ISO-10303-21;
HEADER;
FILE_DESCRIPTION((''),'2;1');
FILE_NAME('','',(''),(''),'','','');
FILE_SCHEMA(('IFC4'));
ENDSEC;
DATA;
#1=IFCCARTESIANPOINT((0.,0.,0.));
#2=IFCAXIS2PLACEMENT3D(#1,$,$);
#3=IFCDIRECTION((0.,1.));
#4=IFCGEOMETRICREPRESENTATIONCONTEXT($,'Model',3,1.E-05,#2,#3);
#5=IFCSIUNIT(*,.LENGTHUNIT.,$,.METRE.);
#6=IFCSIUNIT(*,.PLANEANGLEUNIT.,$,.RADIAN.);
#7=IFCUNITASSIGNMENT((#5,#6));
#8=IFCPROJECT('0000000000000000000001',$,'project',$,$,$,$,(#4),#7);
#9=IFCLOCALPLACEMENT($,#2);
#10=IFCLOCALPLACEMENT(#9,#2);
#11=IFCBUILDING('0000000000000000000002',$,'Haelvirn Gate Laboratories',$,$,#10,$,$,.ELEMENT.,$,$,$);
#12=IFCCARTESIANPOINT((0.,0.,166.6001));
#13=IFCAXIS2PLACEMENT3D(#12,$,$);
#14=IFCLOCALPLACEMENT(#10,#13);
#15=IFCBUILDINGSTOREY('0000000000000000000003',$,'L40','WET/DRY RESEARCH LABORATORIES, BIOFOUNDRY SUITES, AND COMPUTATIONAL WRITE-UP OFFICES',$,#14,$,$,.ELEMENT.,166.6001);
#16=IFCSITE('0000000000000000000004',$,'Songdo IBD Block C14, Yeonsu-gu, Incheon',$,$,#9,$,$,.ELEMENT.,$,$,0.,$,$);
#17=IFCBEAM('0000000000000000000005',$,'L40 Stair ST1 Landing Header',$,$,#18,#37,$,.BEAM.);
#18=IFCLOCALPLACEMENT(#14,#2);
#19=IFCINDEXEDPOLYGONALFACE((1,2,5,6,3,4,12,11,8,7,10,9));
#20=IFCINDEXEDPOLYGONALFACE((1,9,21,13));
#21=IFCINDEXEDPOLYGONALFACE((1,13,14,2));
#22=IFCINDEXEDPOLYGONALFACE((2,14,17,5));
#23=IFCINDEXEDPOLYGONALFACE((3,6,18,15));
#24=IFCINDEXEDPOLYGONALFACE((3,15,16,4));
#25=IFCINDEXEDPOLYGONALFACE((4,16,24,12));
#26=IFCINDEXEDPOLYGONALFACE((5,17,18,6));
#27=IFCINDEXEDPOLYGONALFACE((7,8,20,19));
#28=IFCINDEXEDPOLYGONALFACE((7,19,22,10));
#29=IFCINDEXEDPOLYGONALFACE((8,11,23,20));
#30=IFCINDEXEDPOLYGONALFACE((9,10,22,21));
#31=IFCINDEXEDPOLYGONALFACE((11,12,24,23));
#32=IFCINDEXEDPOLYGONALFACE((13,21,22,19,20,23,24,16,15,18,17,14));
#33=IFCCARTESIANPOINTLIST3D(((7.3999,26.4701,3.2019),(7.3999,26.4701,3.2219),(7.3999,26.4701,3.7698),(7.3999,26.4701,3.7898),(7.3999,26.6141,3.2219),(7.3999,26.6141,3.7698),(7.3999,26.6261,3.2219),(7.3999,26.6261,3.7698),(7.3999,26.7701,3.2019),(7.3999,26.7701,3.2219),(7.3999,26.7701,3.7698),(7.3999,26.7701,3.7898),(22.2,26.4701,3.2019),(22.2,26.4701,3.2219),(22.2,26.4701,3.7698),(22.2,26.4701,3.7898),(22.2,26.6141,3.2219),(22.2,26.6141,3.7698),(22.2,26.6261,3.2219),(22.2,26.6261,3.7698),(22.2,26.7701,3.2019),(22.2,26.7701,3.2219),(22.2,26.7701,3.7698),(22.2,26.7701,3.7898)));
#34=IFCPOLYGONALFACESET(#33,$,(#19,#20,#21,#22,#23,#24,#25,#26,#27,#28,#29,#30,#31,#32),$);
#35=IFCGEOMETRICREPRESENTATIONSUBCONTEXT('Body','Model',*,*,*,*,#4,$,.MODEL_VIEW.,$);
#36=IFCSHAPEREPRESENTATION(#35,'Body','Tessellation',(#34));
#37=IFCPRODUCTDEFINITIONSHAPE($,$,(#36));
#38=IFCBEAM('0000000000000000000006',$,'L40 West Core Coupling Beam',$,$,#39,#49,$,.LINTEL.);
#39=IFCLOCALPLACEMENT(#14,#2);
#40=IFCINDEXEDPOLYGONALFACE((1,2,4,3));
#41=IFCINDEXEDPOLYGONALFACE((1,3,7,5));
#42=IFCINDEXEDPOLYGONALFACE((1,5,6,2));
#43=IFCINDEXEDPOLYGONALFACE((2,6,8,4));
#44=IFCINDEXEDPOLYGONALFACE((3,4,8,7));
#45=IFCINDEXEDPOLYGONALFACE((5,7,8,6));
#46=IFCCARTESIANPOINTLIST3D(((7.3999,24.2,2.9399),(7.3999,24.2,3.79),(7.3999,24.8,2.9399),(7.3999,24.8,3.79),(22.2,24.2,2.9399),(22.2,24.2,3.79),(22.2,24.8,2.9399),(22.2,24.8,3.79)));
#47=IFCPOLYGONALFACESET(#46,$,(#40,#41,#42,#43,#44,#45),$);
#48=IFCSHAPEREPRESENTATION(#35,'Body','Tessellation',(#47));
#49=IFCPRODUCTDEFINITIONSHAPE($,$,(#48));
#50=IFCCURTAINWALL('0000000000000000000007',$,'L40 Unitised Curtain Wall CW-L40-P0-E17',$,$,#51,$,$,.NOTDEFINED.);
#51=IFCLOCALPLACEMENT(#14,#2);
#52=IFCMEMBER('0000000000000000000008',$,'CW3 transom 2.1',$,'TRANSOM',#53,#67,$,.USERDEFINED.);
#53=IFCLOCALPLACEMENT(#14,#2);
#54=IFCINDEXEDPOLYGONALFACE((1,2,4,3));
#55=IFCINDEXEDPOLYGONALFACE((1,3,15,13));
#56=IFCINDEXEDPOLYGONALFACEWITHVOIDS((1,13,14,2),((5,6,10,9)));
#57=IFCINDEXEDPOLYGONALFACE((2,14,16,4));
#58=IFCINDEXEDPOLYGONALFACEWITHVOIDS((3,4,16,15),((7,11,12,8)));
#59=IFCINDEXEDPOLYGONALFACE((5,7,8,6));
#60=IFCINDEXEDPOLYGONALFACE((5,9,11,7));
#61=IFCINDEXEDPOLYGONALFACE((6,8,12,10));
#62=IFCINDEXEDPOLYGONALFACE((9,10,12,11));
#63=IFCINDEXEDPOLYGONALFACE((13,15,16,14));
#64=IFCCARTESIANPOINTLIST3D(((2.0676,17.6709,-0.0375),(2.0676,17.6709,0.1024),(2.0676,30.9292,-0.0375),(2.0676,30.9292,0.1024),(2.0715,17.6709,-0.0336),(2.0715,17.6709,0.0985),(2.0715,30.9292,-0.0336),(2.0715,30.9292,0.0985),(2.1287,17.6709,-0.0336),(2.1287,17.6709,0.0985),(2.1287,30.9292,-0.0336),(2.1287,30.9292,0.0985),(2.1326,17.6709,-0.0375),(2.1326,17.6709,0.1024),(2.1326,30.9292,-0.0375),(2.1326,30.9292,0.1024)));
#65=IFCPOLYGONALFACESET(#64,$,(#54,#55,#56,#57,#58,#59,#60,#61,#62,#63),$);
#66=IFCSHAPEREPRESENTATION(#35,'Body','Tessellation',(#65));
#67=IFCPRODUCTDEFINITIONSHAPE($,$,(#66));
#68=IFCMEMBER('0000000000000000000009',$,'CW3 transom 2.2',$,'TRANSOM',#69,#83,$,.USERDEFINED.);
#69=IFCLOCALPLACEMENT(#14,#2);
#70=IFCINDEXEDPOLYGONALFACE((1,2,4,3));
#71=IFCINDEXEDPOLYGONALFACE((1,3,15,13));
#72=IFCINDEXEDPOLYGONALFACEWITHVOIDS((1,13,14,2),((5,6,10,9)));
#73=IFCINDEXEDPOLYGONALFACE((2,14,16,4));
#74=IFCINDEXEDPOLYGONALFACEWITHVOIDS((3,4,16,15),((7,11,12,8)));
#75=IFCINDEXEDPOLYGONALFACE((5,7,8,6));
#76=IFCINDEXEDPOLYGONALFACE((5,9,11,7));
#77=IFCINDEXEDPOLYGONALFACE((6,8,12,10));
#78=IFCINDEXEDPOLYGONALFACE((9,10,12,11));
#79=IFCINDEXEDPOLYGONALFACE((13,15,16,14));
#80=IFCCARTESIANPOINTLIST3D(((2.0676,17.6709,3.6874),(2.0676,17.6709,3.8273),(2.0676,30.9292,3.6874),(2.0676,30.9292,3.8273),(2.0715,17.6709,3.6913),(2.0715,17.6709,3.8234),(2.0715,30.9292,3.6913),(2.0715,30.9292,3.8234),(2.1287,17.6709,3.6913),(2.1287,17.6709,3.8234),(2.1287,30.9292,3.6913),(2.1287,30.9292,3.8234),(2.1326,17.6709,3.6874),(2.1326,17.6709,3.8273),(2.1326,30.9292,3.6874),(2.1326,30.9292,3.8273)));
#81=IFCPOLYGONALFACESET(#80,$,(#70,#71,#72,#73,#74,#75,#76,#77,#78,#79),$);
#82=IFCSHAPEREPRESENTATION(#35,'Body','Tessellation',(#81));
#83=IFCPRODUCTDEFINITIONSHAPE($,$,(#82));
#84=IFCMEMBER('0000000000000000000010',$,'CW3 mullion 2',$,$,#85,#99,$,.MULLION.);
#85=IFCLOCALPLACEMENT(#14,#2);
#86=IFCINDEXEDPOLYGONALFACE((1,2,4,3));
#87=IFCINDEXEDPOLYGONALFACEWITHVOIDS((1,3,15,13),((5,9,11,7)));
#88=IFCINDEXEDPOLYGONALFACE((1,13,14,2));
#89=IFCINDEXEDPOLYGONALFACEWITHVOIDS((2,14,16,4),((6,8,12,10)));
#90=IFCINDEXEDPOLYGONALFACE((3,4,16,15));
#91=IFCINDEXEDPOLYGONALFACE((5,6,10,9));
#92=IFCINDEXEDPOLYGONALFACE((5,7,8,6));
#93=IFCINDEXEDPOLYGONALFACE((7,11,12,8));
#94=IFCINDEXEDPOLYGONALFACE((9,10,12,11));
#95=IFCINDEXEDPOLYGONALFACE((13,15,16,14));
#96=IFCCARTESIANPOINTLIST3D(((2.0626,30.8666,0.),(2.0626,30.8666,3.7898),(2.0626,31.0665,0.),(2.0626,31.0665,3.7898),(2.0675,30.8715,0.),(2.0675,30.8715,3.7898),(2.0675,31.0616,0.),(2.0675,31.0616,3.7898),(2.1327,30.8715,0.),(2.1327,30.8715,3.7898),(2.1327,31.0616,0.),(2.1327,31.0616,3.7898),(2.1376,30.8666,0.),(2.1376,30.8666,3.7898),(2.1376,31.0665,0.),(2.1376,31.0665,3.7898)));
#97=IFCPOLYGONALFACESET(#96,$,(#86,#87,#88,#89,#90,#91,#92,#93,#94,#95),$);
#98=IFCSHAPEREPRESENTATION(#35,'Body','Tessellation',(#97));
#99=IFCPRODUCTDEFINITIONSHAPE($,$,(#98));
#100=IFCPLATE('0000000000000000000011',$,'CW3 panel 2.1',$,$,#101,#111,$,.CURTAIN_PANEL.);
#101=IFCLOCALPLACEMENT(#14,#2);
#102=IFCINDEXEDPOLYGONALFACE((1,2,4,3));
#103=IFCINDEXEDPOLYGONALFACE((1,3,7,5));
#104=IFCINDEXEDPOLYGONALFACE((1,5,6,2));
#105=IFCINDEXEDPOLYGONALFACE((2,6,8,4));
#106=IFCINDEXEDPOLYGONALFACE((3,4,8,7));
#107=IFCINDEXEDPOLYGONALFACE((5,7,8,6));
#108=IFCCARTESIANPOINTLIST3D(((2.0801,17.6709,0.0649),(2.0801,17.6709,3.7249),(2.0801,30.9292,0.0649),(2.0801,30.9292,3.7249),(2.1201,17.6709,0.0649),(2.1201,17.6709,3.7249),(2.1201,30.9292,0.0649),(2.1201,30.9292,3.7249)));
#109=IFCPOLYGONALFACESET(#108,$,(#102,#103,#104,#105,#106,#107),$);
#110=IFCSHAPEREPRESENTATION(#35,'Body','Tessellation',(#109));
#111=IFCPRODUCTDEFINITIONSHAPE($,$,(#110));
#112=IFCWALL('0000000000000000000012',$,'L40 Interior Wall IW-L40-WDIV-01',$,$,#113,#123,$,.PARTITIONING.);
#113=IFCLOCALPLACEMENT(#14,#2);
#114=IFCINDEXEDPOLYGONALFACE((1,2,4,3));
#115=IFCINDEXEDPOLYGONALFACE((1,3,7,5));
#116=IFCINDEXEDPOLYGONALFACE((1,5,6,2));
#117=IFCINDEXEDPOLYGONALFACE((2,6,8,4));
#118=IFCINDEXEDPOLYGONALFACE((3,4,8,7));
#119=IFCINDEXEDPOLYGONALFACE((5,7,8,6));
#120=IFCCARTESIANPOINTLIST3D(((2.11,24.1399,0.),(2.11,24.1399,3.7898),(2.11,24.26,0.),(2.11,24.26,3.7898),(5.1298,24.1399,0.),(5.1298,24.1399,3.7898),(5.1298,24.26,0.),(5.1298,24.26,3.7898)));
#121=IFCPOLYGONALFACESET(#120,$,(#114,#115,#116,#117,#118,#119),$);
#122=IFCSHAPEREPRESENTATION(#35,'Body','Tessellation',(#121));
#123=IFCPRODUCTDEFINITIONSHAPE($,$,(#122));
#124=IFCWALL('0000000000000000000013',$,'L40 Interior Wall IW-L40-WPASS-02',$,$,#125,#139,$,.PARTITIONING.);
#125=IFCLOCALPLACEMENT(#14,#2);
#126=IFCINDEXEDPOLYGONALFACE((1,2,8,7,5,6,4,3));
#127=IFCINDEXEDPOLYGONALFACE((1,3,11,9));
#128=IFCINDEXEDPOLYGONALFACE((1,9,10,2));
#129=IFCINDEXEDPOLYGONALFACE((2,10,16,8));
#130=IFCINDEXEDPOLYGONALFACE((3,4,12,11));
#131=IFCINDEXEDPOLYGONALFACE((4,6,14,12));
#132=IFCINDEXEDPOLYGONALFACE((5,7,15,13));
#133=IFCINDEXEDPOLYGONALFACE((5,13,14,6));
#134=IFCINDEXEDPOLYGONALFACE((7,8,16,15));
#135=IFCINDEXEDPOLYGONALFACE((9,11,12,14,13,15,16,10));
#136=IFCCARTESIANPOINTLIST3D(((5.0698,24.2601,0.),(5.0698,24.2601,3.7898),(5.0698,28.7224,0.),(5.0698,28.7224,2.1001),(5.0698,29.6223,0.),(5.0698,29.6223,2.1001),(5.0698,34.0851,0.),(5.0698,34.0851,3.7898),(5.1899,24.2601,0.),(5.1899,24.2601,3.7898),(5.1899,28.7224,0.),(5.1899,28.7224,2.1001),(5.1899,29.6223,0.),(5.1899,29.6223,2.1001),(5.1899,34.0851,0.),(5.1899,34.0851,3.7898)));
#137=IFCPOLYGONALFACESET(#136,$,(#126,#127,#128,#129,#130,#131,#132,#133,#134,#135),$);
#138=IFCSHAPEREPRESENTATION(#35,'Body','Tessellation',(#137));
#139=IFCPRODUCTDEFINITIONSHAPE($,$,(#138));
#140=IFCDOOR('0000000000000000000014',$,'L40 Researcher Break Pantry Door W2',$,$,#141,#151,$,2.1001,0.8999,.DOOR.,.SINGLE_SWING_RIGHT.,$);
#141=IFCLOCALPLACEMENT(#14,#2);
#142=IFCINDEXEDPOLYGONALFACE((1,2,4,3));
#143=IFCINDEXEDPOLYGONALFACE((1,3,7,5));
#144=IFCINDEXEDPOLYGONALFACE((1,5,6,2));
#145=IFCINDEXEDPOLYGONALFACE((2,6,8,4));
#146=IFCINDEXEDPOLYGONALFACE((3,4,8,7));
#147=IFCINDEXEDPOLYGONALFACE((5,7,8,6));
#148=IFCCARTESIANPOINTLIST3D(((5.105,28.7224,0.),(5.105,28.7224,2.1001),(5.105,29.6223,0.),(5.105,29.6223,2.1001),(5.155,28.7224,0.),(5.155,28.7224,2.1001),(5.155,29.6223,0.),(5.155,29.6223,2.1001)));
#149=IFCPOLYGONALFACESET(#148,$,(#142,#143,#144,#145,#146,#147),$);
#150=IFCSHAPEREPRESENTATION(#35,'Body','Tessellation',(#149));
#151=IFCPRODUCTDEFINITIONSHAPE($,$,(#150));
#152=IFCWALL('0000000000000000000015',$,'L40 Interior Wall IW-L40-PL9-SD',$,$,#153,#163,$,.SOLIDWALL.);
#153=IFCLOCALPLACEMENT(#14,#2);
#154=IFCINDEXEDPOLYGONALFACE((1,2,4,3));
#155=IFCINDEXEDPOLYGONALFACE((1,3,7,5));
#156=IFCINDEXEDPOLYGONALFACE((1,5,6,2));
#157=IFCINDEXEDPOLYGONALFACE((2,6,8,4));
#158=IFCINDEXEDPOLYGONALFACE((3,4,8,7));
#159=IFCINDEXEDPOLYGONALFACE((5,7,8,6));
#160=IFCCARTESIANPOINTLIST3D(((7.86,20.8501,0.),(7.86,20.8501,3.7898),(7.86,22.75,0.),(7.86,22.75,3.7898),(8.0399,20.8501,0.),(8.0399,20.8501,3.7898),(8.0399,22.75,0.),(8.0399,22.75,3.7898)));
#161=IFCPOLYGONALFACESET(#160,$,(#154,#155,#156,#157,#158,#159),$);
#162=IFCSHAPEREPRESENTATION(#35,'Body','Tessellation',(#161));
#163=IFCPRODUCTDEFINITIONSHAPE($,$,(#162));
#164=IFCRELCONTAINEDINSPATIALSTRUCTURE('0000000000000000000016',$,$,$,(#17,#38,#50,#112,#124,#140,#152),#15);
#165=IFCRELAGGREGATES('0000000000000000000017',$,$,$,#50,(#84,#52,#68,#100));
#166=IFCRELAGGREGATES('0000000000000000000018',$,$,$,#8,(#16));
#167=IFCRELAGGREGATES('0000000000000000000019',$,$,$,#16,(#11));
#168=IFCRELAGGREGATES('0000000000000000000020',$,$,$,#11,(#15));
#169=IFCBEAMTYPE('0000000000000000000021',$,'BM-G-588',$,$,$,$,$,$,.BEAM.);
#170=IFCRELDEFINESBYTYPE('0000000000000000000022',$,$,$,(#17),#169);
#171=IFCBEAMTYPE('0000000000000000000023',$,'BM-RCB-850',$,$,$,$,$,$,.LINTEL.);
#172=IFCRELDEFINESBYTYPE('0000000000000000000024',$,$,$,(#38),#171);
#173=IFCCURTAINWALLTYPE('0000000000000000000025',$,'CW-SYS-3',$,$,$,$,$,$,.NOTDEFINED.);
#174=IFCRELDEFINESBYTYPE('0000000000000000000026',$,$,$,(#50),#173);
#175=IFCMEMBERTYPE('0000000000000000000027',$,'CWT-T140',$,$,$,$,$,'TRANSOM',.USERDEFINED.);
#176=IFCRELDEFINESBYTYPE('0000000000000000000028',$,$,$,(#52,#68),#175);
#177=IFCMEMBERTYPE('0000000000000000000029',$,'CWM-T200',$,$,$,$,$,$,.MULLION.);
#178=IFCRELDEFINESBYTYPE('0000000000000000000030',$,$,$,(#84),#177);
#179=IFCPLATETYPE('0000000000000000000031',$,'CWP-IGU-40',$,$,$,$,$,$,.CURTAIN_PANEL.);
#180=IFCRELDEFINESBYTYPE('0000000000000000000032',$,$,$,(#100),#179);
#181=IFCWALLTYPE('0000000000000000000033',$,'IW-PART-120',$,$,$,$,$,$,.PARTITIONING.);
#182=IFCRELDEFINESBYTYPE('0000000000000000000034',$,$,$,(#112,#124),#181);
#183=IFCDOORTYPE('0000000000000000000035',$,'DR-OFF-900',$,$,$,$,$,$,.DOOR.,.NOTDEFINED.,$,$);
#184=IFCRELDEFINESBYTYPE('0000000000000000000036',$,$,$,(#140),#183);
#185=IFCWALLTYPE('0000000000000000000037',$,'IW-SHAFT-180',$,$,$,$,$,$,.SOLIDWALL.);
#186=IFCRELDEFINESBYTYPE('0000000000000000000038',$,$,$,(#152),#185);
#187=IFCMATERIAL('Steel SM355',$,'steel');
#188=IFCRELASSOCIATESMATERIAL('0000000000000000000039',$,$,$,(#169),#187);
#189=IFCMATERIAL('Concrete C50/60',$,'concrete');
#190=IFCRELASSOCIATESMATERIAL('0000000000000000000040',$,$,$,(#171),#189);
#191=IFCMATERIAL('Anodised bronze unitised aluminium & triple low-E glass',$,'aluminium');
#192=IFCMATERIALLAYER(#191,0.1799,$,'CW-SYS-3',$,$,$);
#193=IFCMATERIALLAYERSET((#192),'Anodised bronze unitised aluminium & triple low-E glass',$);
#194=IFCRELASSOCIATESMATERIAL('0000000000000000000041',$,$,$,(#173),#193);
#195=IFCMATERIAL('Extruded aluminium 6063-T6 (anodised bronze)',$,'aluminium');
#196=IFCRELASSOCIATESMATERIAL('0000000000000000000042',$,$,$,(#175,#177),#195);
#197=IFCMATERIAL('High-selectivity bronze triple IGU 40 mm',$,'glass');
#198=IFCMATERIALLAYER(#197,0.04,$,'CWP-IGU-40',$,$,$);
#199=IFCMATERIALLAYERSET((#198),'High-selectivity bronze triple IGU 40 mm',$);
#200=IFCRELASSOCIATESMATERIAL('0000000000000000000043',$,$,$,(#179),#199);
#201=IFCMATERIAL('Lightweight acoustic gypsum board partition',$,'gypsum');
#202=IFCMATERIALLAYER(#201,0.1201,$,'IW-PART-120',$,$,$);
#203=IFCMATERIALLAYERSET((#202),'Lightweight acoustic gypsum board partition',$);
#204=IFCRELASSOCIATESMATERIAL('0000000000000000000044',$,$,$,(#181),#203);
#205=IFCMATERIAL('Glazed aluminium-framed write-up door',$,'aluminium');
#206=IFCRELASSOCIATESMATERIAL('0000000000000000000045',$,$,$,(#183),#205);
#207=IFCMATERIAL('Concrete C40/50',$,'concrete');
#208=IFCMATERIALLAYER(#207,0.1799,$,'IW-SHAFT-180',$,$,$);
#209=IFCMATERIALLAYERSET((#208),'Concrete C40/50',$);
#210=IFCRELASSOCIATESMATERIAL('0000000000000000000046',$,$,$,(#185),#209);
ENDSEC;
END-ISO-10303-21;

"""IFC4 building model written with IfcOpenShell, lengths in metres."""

from ifc_helpers import new_model, si_unit, direction, frame, frame_2d, origin, origin_2d, place, context, subcontext, project, spatial, rectangle, hollow_rectangle, i_section, extrude, source, transform, mapped, material, layer, layer_set, material_profile, profile_set, type_object, type_shapes, element, fill, aggregate, save


model = new_model("IFC4")

# Units and contexts
model_context = context("Model", 3, precision=1e-05, world=origin(), true_north=direction((0.0, 1.0)))
body_context = subcontext(model_context, "Body", "Model", "MODEL_VIEW")
ifc_project = project(units=[si_unit("LENGTHUNIT", "METRE"), si_unit("PLANEANGLEUNIT", "RADIAN")], contexts=[model_context])

# Site, building, storey
site_placement = place(None, origin())
site = spatial("IfcSite", under=ifc_project, at=site_placement, Name="Songdo IBD Block C14, Yeonsu-gu, Incheon", CompositionType="ELEMENT", RefElevation=0.0)
building_placement = place(site_placement, origin())
building = spatial("IfcBuilding", under=site, at=building_placement, Name="Haelvirn Gate Laboratories", CompositionType="ELEMENT")
storey_placement = place(building_placement, frame((0.0, 0.0, 166.6001)))
storey = spatial("IfcBuildingStorey", under=building, at=storey_placement, Name="L40", Description="WET/DRY RESEARCH LABORATORIES, BIOFOUNDRY SUITES, AND COMPUTATIONAL WRITE-UP OFFICES", CompositionType="ELEMENT", Elevation=166.6001)

# Beams
ifc_material_1 = material(Name="Steel SM355", Category="steel")
ifc_material_profile_1 = material_profile(ifc_material_1, i_section(OverallWidth=0.3, OverallDepth=0.5879, WebThickness=0.012, FlangeThickness=0.02, at=origin_2d()), Name="H-588x300x12x20")
ifc_profile_set_1 = profile_set([ifc_material_profile_1], Name="Steel SM355")
beam_type_1 = type_object("IfcBeamType", Name="BM-G-588", PredefinedType="BEAM", material=ifc_profile_set_1)
shared_shape_1 = source(origin(), body_context, "Body", "SweptSolid", [
    extrude(i_section(OverallWidth=0.3, OverallDepth=0.5879, WebThickness=0.012, FlangeThickness=0.02, at=origin_2d()), origin(), (0.0, 0.0, 1.0), 14.8),
])
type_shapes(beam_type_1, [shared_shape_1])
beam_1_placement = place(storey_placement, frame((7.3999, 26.6201, 3.4958), z_axis=(1.0, 0.0, 0.0), x_axis=(0.0, 1.0, 0.0)))
element("IfcBeam", 1, at=beam_1_placement, inside=storey, type_object=beam_type_1, Name="L40 Stair ST1 Landing Header", PredefinedType="BEAM", context=body_context, shape_type="MappedRepresentation", body=[
    mapped(shared_shape_1, transform((0.0, 0.0, 0.0), scale=1.0)),
])
ifc_material_2 = material(Name="Concrete C50/60", Category="concrete")
ifc_material_profile_2 = material_profile(ifc_material_2, rectangle(XDim=0.6001, YDim=0.8501, at=origin_2d()), Name="RCB-600x850")
ifc_profile_set_2 = profile_set([ifc_material_profile_2], Name="Concrete C50/60")
beam_type_2 = type_object("IfcBeamType", Name="BM-RCB-850", PredefinedType="LINTEL", material=ifc_profile_set_2)
shared_shape_2 = source(origin(), body_context, "Body", "SweptSolid", [
    extrude(rectangle(XDim=0.6001, YDim=0.8501, at=origin_2d()), origin(), (0.0, 0.0, 1.0), 14.8),
])
type_shapes(beam_type_2, [shared_shape_2])
beam_2_placement = place(storey_placement, frame((7.3999, 24.5, 3.365), z_axis=(1.0, 0.0, 0.0), x_axis=(0.0, 1.0, 0.0)))
element("IfcBeam", 2, at=beam_2_placement, inside=storey, type_object=beam_type_2, Name="L40 West Core Coupling Beam", PredefinedType="LINTEL", context=body_context, shape_type="MappedRepresentation", body=[
    mapped(shared_shape_2, transform((0.0, 0.0, 0.0), scale=1.0)),
])

# Curtain wall, members, plate
ifc_material_3 = material(Name="Anodised bronze unitised aluminium & triple low-E glass", Category="aluminium")
ifc_layer_1 = layer(ifc_material_3, 0.1799, Name="CW-SYS-3")
ifc_layer_set_1 = layer_set([ifc_layer_1], Name="Anodised bronze unitised aluminium & triple low-E glass")
curtain_wall_type = type_object("IfcCurtainWallType", Name="CW-SYS-3", PredefinedType="NOTDEFINED", material=ifc_layer_set_1)
curtain_wall_placement = place(storey_placement, origin())
curtain_wall = element("IfcCurtainWall", 3, at=curtain_wall_placement, inside=storey, type_object=curtain_wall_type, Name="L40 Unitised Curtain Wall CW-L40-P0-E17", PredefinedType="NOTDEFINED")
ifc_material_4 = material(Name="Extruded aluminium 6063-T6 (anodised bronze)", Category="aluminium")
ifc_material_profile_3 = material_profile(ifc_material_4, hollow_rectangle(XDim=0.0649, YDim=0.1399, WallThickness=0.0039, at=origin_2d()), Name="CWT-140x65x4")
ifc_profile_set_3 = profile_set([ifc_material_profile_3], Name="Extruded aluminium 6063-T6 (anodised bronze)")
member_type_1 = type_object("IfcMemberType", Name="CWT-T140", ElementType="TRANSOM", PredefinedType="USERDEFINED", material=ifc_profile_set_3)
shared_shape_3 = source(origin(), body_context, "Body", "SweptSolid", [
    extrude(hollow_rectangle(XDim=0.0649, YDim=0.1399, WallThickness=0.0039, at=origin_2d()), origin(), (0.0, 0.0, 1.0), 13.2583),
])
type_shapes(member_type_1, [shared_shape_3])
member_1_placement = place(storey_placement, frame((2.1001, 30.9292, 0.0325), z_axis=(0.0, -1.0, 0.0), x_axis=(1.0, 0.0, 0.0)))
member_1 = element("IfcMember", 4, at=member_1_placement, type_object=member_type_1, Name="CW3 transom 2.1", ObjectType="TRANSOM", PredefinedType="USERDEFINED", context=body_context, shape_type="MappedRepresentation", body=[
    mapped(shared_shape_3, transform((0.0, 0.0, 0.0), scale=1.0)),
])
member_2_placement = place(storey_placement, frame((2.1001, 30.9292, 3.7573), z_axis=(0.0, -1.0, 0.0), x_axis=(1.0, 0.0, 0.0)))
member_2 = element("IfcMember", 5, at=member_2_placement, type_object=member_type_1, Name="CW3 transom 2.2", ObjectType="TRANSOM", PredefinedType="USERDEFINED", context=body_context, shape_type="MappedRepresentation", body=[
    mapped(shared_shape_3, transform((0.0, 0.0, 0.0), scale=1.0)),
])
ifc_material_profile_4 = material_profile(ifc_material_4, hollow_rectangle(XDim=0.075, YDim=0.2, WallThickness=0.0049, at=origin_2d()), Name="CWM-200x75x5")
ifc_profile_set_4 = profile_set([ifc_material_profile_4], Name="Extruded aluminium 6063-T6 (anodised bronze)")
member_type_2 = type_object("IfcMemberType", Name="CWM-T200", PredefinedType="MULLION", material=ifc_profile_set_4)
shared_shape_4 = source(origin(), body_context, "Body", "SweptSolid", [
    extrude(hollow_rectangle(XDim=0.075, YDim=0.2, WallThickness=0.0049, at=origin_2d()), origin(), (0.0, 0.0, 1.0), 3.7898),
])
type_shapes(member_type_2, [shared_shape_4])
member_3_placement = place(storey_placement, frame((2.1001, 30.9666, 0.0), z_axis=(0.0, 0.0, 1.0), x_axis=(1.0, 0.0, 0.0)))
member_3 = element("IfcMember", 6, at=member_3_placement, type_object=member_type_2, Name="CW3 mullion 2", PredefinedType="MULLION", context=body_context, shape_type="MappedRepresentation", body=[
    mapped(shared_shape_4, transform((0.0, 0.0, 0.0), scale=1.0)),
])
ifc_material_5 = material(Name="High-selectivity bronze triple IGU 40 mm", Category="glass")
ifc_layer_2 = layer(ifc_material_5, 0.04, Name="CWP-IGU-40")
ifc_layer_set_2 = layer_set([ifc_layer_2], Name="High-selectivity bronze triple IGU 40 mm")
plate_type = type_object("IfcPlateType", Name="CWP-IGU-40", PredefinedType="CURTAIN_PANEL", material=ifc_layer_set_2)
shared_shape_5 = source(origin(), body_context, "Body", "SweptSolid", [
    extrude(rectangle(XDim=13.2583, YDim=0.04, at=origin_2d()), origin(), (0.0, 0.0, 1.0), 3.6599),
])
type_shapes(plate_type, [shared_shape_5])
plate_placement = place(storey_placement, frame((2.1001, 24.3, 0.0649), z_axis=(0.0, 0.0, 1.0), x_axis=(0.0, -1.0, 0.0)))
plate = element("IfcPlate", 7, at=plate_placement, type_object=plate_type, Name="CW3 panel 2.1", PredefinedType="CURTAIN_PANEL", context=body_context, shape_type="MappedRepresentation", body=[
    mapped(shared_shape_5, transform((0.0, 0.0, 0.0), scale=1.0)),
])
aggregate(curtain_wall, [member_3, member_1, member_2, plate])

# Wall
ifc_material_6 = material(Name="Lightweight acoustic gypsum board partition", Category="gypsum")
ifc_layer_3 = layer(ifc_material_6, 0.1201, Name="IW-PART-120")
ifc_layer_set_3 = layer_set([ifc_layer_3], Name="Lightweight acoustic gypsum board partition")
wall_type_1 = type_object("IfcWallType", Name="IW-PART-120", PredefinedType="PARTITIONING", material=ifc_layer_set_3)
wall_1_placement = place(storey_placement, frame((2.1101, 24.2, 0.0), z_axis=(0.0, 0.0, 1.0), x_axis=(1.0, 0.0, 0.0)))
element("IfcWall", 8, at=wall_1_placement, inside=storey, type_object=wall_type_1, Name="L40 Interior Wall IW-L40-WDIV-01", PredefinedType="PARTITIONING", context=body_context, shape_type="SweptSolid", body=[
    extrude(rectangle(XDim=3.0198, YDim=0.1201, at=frame_2d((1.5098, 0.0))), origin(), (0.0, 0.0, 1.0), 3.7898),
])

# Wall, opening, door
wall_2_placement = place(storey_placement, frame((5.1299, 24.26, 0.0), z_axis=(0.0, 0.0, 1.0), x_axis=(0.0, 1.0, 0.0)))
wall_2 = element("IfcWall", 9, at=wall_2_placement, inside=storey, type_object=wall_type_1, Name="L40 Interior Wall IW-L40-WPASS-02", PredefinedType="PARTITIONING", context=body_context, shape_type="SweptSolid", body=[
    extrude(rectangle(XDim=9.825, YDim=0.1201, at=frame_2d((4.9126, 0.0))), origin(), (0.0, 0.0, 1.0), 3.7898),
])
opening_placement = place(wall_2_placement, frame((4.4624, 0.0, 0.0)))
opening = element("IfcOpeningElement", 10, at=opening_placement, cuts=wall_2, PredefinedType="OPENING", context=body_context, shape_type="SweptSolid", body=[
    extrude(rectangle(XDim=0.8999, YDim=2.1001, at=frame_2d((0.45, 1.05))), frame((0.0, 0.0701, 0.0), z_axis=(0.0, -1.0, 0.0), x_axis=(1.0, 0.0, 0.0)), (0.0, 0.0, 1.0), 0.1401),
])
ifc_material_7 = material(Name="Glazed aluminium-framed write-up door", Category="aluminium")
door_type = type_object("IfcDoorType", Name="DR-OFF-900", OperationType="NOTDEFINED", PredefinedType="DOOR", material=ifc_material_7)
shared_shape_6 = source(origin(), body_context, "Body", "SweptSolid", [
    extrude(rectangle(XDim=0.8999, YDim=2.1001, at=frame_2d((0.45, 1.05))), frame((0.0, 0.0249, 0.0), z_axis=(0.0, -1.0, 0.0), x_axis=(1.0, 0.0, 0.0)), (0.0, 0.0, 1.0), 0.05),
])
type_shapes(door_type, [shared_shape_6])
door_placement = place(opening_placement, origin())
door = element("IfcDoor", 11, at=door_placement, inside=storey, type_object=door_type, Name="L40 Researcher Break Pantry Door W2", OperationType="SINGLE_SWING_RIGHT", OverallHeight=2.1001, OverallWidth=0.8999, PredefinedType="DOOR", context=body_context, shape_type="MappedRepresentation", body=[
    mapped(shared_shape_6, transform((0.0, 0.0, 0.0), scale=1.0)),
])
fill(opening, door)

# Wall
ifc_material_8 = material(Name="Concrete C40/50", Category="concrete")
ifc_layer_4 = layer(ifc_material_8, 0.1799, Name="IW-SHAFT-180")
ifc_layer_set_4 = layer_set([ifc_layer_4], Name="Concrete C40/50")
wall_type_2 = type_object("IfcWallType", Name="IW-SHAFT-180", PredefinedType="SOLIDWALL", material=ifc_layer_set_4)
for number, where, z_axis, x_axis, name in (
    (12, (7.95, 20.8501, 0.0), (0.0, 0.0, 1.0), (0.0, 1.0, 0.0), "L40 Interior Wall IW-L40-PL9-SD"),
):
    element("IfcWall", number, at=place(storey_placement, frame(where, z_axis=z_axis, x_axis=x_axis)), inside=storey, type_object=wall_type_2, Name=name, PredefinedType="SOLIDWALL", context=body_context, shape_type="SweptSolid", body=[
        extrude(rectangle(XDim=1.8999, YDim=0.1799, at=frame_2d((0.95, 0.0))), origin(), (0.0, 0.0, 1.0), 3.7898),
    ])

save(model, "model.ifc")
